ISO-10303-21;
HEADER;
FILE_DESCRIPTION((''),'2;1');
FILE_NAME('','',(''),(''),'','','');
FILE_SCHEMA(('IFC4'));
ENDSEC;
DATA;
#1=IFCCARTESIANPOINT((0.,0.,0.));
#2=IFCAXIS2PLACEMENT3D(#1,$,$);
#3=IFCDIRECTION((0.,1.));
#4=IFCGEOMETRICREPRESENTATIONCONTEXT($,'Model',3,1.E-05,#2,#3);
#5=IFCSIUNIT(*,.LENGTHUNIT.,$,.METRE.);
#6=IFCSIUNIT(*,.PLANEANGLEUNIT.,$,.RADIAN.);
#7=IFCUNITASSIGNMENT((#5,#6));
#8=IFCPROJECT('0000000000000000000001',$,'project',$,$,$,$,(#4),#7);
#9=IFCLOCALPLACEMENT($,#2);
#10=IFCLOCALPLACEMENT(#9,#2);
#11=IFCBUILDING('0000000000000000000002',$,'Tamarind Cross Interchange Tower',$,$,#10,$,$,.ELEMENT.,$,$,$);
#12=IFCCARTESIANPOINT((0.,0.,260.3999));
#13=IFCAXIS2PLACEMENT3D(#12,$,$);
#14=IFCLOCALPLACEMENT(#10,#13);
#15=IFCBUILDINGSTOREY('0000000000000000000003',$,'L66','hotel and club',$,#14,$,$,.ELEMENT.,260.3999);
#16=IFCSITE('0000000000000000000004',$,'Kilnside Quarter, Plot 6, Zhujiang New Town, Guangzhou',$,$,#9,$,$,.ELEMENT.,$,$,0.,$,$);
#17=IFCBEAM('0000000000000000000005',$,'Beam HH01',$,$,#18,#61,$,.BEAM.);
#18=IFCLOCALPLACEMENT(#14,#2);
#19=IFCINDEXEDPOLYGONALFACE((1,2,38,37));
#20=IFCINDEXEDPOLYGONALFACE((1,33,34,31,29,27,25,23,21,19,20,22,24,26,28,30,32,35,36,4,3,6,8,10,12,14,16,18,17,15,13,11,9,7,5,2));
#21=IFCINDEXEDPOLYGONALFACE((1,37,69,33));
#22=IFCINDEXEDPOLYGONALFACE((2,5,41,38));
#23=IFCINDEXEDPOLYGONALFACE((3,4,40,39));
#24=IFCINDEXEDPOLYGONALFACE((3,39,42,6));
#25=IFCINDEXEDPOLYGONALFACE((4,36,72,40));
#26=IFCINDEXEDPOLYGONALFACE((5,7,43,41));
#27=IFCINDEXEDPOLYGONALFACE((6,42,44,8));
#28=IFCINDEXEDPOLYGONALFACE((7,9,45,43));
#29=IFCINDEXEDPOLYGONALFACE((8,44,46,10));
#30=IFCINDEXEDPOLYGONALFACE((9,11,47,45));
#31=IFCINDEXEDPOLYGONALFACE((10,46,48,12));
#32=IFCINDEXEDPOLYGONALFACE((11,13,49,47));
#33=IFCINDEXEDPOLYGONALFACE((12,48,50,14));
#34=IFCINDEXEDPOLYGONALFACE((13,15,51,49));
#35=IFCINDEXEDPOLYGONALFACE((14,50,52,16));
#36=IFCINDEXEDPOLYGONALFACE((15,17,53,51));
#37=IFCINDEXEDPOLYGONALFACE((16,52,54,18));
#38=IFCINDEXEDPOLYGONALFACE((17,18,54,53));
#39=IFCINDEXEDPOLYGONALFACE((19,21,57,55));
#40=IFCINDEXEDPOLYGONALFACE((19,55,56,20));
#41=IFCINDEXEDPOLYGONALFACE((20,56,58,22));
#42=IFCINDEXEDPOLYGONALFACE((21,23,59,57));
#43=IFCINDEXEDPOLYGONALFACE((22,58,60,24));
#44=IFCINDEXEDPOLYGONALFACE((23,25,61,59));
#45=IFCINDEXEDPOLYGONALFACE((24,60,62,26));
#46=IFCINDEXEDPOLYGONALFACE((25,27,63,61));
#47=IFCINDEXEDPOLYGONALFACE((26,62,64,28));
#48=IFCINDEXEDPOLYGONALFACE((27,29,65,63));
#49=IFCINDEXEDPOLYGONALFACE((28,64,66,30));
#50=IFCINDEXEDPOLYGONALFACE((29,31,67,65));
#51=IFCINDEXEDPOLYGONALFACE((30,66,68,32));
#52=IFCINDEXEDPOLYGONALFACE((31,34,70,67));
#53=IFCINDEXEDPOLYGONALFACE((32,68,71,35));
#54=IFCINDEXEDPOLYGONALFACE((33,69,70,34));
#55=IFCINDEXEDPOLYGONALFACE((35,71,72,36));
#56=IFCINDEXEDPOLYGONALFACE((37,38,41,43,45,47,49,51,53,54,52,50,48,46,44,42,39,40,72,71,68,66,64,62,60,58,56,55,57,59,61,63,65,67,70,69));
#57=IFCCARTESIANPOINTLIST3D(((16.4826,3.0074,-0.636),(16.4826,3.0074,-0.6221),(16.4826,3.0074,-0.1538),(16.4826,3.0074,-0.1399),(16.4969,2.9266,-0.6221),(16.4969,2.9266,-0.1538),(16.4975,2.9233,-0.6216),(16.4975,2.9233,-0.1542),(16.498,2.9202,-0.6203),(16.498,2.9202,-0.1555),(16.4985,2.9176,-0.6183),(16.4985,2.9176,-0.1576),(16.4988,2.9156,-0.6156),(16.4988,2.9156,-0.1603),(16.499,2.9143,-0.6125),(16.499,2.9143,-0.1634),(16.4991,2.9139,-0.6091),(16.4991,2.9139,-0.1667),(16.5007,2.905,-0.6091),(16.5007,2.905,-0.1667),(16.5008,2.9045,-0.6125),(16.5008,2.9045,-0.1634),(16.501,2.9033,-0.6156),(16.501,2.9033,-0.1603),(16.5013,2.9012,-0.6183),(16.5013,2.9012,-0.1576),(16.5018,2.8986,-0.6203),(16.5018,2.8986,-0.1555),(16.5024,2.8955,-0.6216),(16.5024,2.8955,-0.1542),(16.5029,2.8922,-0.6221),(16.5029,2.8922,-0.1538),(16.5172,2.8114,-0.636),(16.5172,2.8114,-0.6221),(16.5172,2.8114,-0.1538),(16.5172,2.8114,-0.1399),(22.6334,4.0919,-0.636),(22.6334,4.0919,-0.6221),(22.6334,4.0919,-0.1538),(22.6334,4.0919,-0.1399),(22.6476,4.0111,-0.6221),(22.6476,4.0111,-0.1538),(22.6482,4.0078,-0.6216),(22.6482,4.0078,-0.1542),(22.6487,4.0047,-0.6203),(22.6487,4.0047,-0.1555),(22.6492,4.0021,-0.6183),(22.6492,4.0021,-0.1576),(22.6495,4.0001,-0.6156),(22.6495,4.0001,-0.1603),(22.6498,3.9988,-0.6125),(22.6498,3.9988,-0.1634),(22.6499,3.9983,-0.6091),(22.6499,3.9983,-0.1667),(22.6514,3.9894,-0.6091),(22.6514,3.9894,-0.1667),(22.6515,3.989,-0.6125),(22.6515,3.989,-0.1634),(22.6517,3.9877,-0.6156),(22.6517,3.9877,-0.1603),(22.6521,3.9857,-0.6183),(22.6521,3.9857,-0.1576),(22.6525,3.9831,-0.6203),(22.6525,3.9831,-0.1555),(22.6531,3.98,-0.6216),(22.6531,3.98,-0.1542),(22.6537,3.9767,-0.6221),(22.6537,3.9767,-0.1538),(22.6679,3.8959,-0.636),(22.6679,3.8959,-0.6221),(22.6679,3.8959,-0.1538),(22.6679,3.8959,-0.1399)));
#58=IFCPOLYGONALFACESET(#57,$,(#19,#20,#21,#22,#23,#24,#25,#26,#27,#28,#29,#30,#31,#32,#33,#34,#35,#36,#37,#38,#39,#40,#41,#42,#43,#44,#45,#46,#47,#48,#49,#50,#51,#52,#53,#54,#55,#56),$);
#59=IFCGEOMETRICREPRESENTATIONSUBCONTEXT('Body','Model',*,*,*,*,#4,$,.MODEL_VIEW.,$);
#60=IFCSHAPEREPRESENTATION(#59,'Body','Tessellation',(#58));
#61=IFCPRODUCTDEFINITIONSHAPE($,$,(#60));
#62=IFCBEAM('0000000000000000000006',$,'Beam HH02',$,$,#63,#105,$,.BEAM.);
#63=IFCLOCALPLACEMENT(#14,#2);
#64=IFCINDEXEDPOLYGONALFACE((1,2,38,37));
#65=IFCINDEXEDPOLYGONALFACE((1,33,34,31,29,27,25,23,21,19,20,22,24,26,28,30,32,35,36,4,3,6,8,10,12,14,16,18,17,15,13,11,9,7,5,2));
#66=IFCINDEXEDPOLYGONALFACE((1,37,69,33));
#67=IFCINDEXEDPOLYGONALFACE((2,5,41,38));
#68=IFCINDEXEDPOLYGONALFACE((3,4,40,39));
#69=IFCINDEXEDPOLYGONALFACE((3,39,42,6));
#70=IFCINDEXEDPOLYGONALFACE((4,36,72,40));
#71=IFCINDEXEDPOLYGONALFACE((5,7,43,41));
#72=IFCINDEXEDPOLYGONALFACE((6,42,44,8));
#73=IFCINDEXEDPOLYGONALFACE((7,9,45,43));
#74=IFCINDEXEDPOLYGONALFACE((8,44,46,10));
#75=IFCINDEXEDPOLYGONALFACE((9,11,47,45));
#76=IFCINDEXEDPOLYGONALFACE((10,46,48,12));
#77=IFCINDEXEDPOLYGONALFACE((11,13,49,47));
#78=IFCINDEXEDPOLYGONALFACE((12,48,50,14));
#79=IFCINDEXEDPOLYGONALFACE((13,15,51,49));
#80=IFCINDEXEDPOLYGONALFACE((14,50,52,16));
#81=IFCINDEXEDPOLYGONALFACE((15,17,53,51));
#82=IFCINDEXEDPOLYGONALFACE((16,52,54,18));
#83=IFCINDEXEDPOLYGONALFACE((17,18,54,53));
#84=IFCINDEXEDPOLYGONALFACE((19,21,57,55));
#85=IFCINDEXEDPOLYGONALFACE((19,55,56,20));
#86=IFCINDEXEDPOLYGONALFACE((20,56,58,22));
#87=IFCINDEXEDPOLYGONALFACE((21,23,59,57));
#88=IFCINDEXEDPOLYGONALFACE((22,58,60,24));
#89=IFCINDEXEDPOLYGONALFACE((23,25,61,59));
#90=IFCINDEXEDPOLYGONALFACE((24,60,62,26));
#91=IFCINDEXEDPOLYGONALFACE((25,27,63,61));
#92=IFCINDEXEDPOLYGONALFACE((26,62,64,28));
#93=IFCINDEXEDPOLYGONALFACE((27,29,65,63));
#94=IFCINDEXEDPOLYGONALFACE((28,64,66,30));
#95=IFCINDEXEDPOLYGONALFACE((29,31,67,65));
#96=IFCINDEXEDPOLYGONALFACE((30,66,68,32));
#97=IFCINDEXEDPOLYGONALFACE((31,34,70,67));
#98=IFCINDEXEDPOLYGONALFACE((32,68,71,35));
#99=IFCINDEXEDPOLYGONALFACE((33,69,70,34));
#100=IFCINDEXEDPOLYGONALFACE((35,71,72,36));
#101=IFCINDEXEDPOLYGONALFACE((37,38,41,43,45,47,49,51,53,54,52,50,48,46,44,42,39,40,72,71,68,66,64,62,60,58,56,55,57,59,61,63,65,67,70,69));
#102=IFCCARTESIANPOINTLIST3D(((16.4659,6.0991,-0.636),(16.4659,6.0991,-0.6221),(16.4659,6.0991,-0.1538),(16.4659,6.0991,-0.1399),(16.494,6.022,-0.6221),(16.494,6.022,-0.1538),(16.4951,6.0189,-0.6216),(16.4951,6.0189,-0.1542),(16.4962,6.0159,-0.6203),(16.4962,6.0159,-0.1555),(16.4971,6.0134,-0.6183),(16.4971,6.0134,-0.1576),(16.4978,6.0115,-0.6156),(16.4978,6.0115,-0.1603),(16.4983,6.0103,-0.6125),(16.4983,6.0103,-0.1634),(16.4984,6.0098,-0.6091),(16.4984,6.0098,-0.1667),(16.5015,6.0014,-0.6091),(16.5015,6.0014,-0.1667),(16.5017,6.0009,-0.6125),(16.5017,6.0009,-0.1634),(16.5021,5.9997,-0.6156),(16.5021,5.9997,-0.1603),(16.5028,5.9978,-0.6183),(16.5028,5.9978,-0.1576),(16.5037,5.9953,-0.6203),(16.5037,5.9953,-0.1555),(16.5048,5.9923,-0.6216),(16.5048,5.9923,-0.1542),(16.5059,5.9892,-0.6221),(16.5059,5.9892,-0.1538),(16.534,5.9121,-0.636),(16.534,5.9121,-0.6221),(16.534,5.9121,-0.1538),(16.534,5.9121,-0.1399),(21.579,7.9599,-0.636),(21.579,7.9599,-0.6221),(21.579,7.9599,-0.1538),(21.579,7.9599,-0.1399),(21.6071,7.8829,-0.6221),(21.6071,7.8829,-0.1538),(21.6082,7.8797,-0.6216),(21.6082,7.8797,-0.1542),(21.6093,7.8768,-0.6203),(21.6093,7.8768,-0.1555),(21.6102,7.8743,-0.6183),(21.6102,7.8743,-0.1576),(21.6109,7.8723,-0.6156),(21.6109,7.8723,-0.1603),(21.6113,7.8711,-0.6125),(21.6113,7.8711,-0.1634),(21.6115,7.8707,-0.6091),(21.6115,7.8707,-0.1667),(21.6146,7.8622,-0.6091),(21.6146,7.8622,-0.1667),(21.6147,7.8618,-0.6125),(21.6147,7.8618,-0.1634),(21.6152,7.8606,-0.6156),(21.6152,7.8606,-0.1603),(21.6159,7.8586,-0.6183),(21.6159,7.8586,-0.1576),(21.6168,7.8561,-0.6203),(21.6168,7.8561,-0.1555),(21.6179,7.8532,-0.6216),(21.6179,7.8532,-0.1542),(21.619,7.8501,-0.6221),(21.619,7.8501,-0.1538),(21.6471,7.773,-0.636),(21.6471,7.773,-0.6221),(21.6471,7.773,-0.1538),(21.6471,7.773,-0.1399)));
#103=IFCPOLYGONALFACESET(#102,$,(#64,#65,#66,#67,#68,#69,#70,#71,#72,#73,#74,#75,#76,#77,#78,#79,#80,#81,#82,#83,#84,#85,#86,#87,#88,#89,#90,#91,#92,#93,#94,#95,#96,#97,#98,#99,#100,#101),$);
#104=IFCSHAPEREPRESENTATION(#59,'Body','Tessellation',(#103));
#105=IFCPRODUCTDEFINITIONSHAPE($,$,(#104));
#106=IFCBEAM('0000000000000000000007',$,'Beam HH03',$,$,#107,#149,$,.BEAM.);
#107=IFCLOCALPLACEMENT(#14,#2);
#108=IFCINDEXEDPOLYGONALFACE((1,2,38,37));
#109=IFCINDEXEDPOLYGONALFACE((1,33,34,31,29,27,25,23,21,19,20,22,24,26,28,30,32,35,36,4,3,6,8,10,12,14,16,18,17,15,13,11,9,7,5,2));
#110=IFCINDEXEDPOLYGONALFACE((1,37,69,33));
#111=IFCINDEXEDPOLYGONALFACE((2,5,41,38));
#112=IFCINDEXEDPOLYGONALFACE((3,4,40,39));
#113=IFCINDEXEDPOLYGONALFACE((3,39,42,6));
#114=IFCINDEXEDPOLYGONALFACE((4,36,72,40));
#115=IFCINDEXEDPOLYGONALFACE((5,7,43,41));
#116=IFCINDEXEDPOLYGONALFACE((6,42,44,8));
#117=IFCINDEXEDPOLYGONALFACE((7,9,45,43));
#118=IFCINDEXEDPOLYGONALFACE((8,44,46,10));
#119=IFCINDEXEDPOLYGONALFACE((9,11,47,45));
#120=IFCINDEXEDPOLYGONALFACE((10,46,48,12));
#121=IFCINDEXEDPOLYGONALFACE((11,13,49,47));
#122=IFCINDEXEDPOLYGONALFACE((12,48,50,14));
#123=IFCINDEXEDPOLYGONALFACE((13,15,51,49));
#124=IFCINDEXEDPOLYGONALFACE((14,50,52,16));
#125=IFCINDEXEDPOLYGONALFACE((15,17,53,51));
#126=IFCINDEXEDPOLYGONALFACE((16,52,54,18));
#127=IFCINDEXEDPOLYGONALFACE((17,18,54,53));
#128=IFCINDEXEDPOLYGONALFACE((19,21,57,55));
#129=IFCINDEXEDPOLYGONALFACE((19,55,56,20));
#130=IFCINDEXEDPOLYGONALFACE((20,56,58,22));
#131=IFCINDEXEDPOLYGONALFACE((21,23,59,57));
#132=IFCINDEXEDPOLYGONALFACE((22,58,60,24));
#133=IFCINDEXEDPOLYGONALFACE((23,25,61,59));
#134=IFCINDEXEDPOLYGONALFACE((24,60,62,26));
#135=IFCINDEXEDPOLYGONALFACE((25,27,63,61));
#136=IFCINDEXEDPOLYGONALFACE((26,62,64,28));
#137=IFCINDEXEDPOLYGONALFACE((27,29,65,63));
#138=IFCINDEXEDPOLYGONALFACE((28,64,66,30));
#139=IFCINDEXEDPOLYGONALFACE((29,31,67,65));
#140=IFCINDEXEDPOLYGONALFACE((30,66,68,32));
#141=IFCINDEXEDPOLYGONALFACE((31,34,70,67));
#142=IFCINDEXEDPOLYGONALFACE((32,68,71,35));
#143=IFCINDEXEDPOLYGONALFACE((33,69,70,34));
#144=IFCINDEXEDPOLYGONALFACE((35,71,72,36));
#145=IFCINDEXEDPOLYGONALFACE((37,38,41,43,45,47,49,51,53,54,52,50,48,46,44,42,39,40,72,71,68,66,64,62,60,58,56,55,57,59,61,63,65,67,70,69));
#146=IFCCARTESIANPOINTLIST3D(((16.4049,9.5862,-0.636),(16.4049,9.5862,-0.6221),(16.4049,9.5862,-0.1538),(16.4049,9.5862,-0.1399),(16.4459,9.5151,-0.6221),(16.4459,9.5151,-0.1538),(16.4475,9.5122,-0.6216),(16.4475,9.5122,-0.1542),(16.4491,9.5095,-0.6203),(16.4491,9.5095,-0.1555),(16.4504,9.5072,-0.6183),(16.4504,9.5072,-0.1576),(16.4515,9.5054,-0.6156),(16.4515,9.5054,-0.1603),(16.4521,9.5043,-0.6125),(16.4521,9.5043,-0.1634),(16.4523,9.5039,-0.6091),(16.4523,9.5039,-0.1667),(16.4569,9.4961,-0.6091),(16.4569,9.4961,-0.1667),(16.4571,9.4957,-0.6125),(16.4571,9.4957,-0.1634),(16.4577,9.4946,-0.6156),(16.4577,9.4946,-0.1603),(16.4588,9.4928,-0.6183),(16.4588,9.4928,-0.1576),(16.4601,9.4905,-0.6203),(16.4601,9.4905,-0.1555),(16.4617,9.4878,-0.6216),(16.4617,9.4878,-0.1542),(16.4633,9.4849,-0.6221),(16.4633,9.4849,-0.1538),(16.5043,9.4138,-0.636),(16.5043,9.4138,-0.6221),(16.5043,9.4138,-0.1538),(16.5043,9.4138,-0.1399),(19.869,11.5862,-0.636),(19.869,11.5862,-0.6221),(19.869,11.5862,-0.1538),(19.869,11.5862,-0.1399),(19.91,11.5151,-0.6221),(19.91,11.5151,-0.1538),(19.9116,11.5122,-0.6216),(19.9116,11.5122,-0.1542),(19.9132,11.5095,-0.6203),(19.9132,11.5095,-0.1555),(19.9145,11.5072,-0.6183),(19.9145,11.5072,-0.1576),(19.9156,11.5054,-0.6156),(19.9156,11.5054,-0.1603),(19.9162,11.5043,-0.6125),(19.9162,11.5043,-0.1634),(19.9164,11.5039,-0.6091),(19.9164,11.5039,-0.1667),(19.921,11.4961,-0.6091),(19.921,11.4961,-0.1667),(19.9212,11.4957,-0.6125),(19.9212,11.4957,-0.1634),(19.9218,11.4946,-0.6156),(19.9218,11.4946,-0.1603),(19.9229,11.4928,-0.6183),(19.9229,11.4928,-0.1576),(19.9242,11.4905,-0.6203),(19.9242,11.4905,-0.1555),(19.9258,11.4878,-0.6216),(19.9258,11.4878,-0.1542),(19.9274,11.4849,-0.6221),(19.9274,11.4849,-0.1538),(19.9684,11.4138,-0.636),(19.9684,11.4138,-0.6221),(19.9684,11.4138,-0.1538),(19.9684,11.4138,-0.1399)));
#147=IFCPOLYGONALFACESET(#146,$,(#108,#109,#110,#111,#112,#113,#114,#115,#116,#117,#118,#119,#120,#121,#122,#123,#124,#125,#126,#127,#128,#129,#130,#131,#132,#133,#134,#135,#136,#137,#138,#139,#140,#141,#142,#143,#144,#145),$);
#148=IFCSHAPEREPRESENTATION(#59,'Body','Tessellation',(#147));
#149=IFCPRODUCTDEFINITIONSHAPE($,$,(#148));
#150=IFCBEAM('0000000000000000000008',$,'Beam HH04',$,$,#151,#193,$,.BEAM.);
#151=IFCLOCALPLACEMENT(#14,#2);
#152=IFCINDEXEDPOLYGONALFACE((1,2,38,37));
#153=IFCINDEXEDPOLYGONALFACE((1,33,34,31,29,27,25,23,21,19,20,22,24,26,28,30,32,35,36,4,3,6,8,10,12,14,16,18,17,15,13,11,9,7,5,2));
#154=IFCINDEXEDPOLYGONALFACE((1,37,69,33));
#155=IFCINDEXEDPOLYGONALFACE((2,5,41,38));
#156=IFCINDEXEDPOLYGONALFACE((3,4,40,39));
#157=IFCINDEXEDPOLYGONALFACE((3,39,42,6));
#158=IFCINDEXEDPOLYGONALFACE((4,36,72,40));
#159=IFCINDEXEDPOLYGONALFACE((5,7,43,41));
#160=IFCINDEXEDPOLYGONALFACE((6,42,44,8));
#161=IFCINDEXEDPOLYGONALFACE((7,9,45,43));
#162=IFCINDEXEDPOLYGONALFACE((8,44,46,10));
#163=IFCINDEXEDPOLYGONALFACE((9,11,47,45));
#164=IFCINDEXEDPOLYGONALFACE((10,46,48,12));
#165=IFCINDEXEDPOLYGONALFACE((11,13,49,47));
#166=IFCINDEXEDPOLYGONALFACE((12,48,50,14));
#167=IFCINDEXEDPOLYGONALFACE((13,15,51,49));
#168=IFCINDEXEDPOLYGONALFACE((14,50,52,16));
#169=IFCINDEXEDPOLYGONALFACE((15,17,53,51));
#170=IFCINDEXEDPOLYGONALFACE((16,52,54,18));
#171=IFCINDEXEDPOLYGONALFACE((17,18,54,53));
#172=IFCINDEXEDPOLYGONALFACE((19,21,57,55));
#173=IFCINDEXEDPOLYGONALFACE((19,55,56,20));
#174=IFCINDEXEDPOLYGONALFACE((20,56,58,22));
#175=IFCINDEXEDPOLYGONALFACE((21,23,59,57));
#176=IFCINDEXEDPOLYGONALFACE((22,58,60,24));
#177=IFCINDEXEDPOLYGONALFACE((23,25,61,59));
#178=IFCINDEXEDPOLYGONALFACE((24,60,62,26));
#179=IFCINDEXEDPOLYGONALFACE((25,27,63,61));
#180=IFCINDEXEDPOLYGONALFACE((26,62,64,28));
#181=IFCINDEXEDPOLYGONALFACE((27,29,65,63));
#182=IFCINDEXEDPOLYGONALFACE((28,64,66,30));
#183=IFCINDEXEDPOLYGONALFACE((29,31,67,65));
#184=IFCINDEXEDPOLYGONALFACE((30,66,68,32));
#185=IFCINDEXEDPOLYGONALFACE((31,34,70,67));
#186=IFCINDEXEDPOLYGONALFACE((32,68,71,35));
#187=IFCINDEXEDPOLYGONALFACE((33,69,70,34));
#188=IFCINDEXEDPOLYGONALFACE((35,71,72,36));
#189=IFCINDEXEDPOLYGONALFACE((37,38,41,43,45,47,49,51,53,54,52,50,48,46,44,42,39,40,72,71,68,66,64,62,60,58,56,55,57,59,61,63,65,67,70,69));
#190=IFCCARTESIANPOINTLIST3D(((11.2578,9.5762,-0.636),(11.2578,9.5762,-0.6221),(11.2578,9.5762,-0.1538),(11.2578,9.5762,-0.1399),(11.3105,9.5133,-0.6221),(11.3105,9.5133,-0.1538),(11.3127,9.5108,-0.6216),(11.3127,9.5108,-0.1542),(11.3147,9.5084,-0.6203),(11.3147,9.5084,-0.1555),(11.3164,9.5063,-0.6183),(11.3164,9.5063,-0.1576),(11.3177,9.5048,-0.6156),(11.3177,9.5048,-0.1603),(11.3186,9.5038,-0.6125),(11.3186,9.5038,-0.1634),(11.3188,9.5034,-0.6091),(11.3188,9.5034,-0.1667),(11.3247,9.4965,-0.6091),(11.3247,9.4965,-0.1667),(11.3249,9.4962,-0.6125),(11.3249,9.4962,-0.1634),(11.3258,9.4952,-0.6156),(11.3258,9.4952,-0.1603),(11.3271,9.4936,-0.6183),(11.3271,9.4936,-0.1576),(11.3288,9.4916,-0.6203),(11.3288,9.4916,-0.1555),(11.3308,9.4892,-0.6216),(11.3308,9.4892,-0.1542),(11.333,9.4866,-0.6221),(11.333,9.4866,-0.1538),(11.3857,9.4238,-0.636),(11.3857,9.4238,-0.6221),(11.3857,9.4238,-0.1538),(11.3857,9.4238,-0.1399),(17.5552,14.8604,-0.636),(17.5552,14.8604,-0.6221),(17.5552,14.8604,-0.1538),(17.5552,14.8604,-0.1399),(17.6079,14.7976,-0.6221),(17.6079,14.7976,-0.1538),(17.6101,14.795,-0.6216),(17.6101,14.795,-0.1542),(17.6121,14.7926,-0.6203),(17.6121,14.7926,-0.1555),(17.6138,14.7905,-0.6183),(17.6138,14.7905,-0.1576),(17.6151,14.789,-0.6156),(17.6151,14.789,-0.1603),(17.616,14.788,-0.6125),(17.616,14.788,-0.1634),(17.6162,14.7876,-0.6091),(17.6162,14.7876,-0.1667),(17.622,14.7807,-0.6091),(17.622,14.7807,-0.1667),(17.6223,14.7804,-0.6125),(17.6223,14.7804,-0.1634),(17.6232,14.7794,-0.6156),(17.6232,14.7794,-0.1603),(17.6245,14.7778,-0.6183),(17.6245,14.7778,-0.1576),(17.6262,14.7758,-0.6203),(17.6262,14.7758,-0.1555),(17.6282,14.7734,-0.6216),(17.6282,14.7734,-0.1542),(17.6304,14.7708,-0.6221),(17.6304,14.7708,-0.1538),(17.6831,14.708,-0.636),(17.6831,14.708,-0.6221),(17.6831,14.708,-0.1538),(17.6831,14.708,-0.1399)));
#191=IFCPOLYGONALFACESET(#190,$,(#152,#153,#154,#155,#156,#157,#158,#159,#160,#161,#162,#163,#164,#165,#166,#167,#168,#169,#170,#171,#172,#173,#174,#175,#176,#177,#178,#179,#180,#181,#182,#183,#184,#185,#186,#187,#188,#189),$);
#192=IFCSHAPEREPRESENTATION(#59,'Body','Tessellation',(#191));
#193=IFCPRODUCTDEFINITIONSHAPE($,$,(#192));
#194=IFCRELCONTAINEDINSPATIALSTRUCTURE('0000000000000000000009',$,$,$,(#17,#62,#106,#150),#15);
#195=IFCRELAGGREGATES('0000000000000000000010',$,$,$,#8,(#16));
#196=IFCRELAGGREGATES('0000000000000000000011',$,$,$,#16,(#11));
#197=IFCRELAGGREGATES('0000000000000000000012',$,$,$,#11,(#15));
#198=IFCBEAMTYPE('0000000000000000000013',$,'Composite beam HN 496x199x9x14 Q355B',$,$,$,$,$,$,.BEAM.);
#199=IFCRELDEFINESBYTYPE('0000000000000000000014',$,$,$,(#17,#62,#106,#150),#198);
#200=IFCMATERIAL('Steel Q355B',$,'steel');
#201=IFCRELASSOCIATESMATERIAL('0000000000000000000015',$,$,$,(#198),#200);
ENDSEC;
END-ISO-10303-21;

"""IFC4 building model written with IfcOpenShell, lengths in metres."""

from ifc_helpers import new_model, si_unit, direction, frame, origin, origin_2d, place, context, subcontext, project, spatial, i_section, extrude, material, material_profile, profile_set, type_object, element, save


model = new_model("IFC4")

# Units and contexts
model_context = context("Model", 3, precision=1e-05, world=origin(), true_north=direction((0.0, 1.0)))
body_context = subcontext(model_context, "Body", "Model", "MODEL_VIEW")
ifc_project = project(units=[si_unit("LENGTHUNIT", "METRE"), si_unit("PLANEANGLEUNIT", "RADIAN")], contexts=[model_context])

# Site, building, storey
site_placement = place(None, origin())
site = spatial("IfcSite", under=ifc_project, at=site_placement, Name="Kilnside Quarter, Plot 6, Zhujiang New Town, Guangzhou", CompositionType="ELEMENT", RefElevation=0.0)
building_placement = place(site_placement, origin())
building = spatial("IfcBuilding", under=site, at=building_placement, Name="Tamarind Cross Interchange Tower", CompositionType="ELEMENT")
storey_placement = place(building_placement, frame((0.0, 0.0, 260.3999)))
storey = spatial("IfcBuildingStorey", under=building, at=storey_placement, Name="L66", Description="hotel and club", CompositionType="ELEMENT", Elevation=260.3999)

# Beams
ifc_material_1 = material(Name="Steel Q355B", Category="steel")
ifc_material_profile_1 = material_profile(ifc_material_1, i_section(OverallWidth=0.199, OverallDepth=0.4961, WebThickness=0.009, FlangeThickness=0.0139, FilletRadius=0.0129, at=origin_2d()), Name="HN 496x199x9x14")
ifc_profile_set_1 = profile_set([ifc_material_profile_1], Name="Steel Q355B")
beam_type = type_object("IfcBeamType", Name="Composite beam HN 496x199x9x14 Q355B", PredefinedType="BEAM", material=ifc_profile_set_1)
beam_1_placement = place(storey_placement, frame((22.6506, 3.9939, -0.3879), z_axis=(-0.984809, -0.17364, 0.0), x_axis=(0.17364, -0.984809, 0.0)))
element("IfcBeam", 1, at=beam_1_placement, inside=storey, type_object=beam_type, Name="Beam HH01", PredefinedType="BEAM", context=body_context, shape_type="SweptSolid", body=[
    extrude(i_section(OverallWidth=0.199, OverallDepth=0.4961, WebThickness=0.009, FlangeThickness=0.0139, FilletRadius=0.0129, at=origin_2d()), origin(), (0.0, 0.0, 1.0), 6.2456),
])
beam_2_placement = place(storey_placement, frame((21.613, 7.8665, -0.3879), z_axis=(-0.939702, -0.341995, 0.0), x_axis=(0.341995, -0.939702, 0.0)))
element("IfcBeam", 2, at=beam_2_placement, inside=storey, type_object=beam_type, Name="Beam HH02", PredefinedType="BEAM", context=body_context, shape_type="SweptSolid", body=[
    extrude(i_section(OverallWidth=0.199, OverallDepth=0.4961, WebThickness=0.009, FlangeThickness=0.0139, FilletRadius=0.0129, at=origin_2d()), origin(), (0.0, 0.0, 1.0), 5.4412),
])
beam_3_placement = place(storey_placement, frame((19.9187, 11.5, -0.3879), z_axis=(-0.866026, -0.499999, 0.0), x_axis=(0.499999, -0.866026, 0.0)))
element("IfcBeam", 3, at=beam_3_placement, inside=storey, type_object=beam_type, Name="Beam HH03", PredefinedType="BEAM", context=body_context, shape_type="SweptSolid", body=[
    extrude(i_section(OverallWidth=0.199, OverallDepth=0.4961, WebThickness=0.009, FlangeThickness=0.0139, FilletRadius=0.0129, at=origin_2d()), origin(), (0.0, 0.0, 1.0), 4.0),
])
beam_4_placement = place(storey_placement, frame((17.6191, 14.7842, -0.3879), z_axis=(-0.766041, -0.642792, 0.0), x_axis=(0.642792, -0.766041, 0.0)))
element("IfcBeam", 4, at=beam_4_placement, inside=storey, type_object=beam_type, Name="Beam HH04", PredefinedType="BEAM", context=body_context, shape_type="SweptSolid", body=[
    extrude(i_section(OverallWidth=0.199, OverallDepth=0.4961, WebThickness=0.009, FlangeThickness=0.0139, FilletRadius=0.0129, at=origin_2d()), origin(), (0.0, 0.0, 1.0), 8.2207),
])

save(model, "model.ifc")
